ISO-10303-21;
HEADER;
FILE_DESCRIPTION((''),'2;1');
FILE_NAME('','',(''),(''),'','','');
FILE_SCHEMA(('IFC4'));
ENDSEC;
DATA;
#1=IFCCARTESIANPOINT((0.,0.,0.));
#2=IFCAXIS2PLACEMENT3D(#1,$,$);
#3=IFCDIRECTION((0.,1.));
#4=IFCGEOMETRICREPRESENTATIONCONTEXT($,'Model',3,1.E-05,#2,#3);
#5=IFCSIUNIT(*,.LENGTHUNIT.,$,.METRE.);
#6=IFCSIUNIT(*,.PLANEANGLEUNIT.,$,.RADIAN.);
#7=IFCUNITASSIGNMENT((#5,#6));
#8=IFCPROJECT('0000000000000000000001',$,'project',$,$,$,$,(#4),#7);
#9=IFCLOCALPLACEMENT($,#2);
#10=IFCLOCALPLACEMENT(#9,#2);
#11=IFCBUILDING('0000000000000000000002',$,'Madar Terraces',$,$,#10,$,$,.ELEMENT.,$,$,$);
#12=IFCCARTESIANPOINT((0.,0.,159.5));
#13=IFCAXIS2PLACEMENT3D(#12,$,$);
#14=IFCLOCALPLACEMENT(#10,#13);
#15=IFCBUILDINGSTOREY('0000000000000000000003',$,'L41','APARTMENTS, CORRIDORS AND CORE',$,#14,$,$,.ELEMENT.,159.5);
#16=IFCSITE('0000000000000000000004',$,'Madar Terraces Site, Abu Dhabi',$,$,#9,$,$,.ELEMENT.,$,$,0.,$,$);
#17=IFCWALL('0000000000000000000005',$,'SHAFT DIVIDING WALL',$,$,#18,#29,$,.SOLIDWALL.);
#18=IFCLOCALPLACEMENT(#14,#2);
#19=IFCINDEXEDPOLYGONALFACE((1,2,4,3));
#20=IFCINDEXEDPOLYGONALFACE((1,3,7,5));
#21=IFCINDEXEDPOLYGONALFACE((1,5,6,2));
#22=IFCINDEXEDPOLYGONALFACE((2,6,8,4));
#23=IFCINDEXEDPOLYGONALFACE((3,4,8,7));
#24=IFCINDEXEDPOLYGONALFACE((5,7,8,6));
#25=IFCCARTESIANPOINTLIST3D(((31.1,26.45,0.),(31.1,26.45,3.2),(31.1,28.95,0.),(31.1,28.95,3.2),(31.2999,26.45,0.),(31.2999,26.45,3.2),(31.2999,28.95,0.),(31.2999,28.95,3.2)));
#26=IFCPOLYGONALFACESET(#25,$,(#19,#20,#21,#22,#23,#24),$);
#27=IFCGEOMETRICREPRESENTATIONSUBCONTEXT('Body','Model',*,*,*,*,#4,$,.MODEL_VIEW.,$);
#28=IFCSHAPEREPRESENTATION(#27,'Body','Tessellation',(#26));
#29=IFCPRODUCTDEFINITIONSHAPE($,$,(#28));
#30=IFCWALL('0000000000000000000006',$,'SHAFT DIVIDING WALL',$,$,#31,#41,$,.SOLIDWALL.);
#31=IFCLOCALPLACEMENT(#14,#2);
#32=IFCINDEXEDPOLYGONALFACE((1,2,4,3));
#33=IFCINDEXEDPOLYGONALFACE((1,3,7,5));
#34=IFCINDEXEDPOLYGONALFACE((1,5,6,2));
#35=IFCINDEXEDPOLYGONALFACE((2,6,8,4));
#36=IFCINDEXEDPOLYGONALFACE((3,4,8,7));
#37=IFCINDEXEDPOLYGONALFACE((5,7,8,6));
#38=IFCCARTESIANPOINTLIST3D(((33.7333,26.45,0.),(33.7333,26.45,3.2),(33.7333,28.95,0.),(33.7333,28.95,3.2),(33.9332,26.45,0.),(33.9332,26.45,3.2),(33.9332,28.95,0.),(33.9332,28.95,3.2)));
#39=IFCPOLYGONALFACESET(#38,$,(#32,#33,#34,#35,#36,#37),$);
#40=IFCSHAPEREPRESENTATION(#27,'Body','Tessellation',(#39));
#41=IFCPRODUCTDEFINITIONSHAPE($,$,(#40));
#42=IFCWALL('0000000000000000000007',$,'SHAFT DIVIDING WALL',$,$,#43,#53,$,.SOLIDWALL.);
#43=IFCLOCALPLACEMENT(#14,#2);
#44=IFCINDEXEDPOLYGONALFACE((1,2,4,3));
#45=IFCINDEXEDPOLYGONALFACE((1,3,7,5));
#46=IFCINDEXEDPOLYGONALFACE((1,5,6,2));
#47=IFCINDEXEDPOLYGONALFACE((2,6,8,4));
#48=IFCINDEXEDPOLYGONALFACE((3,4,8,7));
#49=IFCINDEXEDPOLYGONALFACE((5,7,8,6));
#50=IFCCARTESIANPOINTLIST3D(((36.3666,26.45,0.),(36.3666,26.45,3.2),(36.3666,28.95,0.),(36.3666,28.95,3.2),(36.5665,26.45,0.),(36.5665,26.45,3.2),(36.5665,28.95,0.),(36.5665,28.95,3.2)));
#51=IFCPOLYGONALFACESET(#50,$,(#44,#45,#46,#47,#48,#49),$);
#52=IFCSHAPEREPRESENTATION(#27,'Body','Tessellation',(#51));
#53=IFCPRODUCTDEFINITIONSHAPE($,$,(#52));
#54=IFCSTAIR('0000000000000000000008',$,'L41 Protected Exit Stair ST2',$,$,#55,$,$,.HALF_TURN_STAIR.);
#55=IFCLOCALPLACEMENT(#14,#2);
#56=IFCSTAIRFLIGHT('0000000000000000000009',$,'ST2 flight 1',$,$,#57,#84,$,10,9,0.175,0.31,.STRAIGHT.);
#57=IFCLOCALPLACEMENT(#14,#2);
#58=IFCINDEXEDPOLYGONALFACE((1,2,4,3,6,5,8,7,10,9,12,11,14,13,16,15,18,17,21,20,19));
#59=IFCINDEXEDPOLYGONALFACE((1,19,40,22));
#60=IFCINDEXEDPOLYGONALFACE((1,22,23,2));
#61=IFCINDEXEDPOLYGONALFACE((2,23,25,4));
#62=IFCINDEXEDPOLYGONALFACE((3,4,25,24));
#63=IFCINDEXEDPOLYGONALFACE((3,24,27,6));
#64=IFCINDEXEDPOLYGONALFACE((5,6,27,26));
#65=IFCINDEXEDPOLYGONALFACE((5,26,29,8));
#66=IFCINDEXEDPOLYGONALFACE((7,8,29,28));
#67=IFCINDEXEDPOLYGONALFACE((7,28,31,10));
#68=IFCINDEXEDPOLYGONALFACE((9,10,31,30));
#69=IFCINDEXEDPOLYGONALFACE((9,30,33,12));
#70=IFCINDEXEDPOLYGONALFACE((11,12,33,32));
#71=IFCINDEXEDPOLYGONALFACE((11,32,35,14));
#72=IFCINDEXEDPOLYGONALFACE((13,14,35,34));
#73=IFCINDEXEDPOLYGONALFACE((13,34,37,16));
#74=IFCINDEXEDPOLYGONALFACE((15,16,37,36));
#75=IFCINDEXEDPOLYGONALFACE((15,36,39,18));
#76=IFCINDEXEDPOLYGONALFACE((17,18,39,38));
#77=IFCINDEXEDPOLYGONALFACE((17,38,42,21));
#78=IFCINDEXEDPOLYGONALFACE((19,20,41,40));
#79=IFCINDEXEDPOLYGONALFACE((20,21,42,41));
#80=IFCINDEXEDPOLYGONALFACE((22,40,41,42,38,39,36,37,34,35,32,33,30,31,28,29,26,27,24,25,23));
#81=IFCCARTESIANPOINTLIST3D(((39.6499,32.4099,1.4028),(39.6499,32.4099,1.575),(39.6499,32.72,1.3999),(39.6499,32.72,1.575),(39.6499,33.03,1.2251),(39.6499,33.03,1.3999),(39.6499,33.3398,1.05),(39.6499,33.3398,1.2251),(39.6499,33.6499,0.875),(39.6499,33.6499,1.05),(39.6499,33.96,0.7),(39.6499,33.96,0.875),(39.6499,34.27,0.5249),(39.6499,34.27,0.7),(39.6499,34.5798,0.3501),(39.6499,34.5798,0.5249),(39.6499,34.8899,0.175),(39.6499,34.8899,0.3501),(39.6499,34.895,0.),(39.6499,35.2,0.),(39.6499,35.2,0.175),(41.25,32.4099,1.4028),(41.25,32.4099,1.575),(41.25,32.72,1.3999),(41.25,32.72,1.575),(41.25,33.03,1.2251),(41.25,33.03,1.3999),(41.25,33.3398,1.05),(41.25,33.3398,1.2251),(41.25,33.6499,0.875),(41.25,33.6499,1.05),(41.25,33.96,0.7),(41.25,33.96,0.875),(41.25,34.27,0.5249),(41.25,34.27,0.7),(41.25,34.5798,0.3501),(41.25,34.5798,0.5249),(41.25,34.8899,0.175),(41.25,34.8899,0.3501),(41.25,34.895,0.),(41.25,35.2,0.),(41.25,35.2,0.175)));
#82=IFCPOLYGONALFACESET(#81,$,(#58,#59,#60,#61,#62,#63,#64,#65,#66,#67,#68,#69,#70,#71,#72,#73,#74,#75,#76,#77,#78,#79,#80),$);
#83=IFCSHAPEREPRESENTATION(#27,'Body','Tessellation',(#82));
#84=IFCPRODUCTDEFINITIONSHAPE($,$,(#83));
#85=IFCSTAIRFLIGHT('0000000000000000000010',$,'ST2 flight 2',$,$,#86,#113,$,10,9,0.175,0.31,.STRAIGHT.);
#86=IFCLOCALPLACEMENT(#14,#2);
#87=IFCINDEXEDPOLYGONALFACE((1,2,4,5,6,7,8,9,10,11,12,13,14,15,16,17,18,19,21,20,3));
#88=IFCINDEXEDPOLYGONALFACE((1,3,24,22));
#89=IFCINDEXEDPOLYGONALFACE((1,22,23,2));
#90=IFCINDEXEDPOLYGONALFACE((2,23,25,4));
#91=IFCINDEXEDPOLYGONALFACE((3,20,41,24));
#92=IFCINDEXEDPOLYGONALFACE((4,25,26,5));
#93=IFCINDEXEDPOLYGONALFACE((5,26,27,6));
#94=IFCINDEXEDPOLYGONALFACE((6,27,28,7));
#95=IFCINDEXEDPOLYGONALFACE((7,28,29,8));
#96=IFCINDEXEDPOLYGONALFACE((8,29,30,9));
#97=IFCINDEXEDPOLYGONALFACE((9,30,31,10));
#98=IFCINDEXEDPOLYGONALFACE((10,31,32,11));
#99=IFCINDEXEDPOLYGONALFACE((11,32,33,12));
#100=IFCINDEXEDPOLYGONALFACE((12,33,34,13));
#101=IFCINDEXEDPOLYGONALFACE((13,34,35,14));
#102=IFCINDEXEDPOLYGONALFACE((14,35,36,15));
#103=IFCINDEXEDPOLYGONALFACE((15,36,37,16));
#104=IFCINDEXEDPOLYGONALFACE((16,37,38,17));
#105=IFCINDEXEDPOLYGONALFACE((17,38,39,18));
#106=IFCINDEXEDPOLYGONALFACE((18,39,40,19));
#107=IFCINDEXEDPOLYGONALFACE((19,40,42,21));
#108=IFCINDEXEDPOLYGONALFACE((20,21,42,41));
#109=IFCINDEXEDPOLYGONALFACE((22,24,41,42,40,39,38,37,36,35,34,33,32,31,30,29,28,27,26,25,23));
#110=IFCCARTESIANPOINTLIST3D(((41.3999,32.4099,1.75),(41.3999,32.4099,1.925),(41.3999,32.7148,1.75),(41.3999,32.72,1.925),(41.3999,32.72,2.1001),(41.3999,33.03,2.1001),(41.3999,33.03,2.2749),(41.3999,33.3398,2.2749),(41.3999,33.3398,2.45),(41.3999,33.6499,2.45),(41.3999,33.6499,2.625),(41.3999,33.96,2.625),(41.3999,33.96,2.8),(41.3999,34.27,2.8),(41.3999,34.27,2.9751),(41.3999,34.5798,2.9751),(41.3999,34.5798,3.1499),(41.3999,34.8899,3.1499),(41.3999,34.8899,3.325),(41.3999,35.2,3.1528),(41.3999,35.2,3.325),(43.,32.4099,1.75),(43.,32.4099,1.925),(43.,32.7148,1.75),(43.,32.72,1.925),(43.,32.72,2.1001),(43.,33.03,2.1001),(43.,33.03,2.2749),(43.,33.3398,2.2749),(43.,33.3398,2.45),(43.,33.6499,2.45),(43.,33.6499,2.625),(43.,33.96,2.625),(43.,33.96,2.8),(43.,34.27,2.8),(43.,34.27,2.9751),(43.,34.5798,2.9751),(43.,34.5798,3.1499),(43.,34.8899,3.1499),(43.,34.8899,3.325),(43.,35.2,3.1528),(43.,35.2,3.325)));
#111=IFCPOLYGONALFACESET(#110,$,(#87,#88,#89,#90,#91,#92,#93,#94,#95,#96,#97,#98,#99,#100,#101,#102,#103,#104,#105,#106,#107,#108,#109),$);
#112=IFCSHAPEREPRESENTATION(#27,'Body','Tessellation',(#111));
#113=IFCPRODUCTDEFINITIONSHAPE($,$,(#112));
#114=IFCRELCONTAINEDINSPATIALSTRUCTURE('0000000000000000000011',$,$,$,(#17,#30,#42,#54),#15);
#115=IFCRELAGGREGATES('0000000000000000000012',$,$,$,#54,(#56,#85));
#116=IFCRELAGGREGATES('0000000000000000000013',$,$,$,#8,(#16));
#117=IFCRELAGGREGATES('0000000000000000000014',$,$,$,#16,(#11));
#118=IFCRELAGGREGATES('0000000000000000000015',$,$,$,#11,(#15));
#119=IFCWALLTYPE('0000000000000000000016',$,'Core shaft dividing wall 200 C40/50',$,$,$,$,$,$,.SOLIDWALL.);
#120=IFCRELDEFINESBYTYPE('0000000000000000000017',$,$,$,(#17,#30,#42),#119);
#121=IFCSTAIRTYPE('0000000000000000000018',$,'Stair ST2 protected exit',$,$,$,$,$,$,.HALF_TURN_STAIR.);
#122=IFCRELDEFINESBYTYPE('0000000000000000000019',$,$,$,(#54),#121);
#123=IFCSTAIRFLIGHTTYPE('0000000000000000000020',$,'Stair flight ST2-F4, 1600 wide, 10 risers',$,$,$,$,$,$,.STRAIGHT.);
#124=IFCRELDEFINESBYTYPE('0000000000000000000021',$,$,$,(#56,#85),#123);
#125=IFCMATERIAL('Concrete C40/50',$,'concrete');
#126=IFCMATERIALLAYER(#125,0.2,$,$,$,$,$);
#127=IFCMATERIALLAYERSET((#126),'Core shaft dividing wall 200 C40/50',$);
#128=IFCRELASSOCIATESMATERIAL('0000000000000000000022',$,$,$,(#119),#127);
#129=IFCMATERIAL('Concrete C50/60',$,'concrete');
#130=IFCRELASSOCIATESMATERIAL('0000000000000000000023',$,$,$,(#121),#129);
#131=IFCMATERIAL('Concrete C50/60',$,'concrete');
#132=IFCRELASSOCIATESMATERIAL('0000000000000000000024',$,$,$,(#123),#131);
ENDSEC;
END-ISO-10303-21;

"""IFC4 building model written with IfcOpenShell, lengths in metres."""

from ifc_helpers import new_model, si_unit, direction, frame, frame_2d, origin, place, context, subcontext, project, spatial, polyline, rectangle, outline, extrude, material, layer, layer_set, type_object, element, aggregate, save


model = new_model("IFC4")

# Units and contexts
model_context = context("Model", 3, precision=1e-05, world=origin(), true_north=direction((0.0, 1.0)))
body_context = subcontext(model_context, "Body", "Model", "MODEL_VIEW")
ifc_project = project(units=[si_unit("LENGTHUNIT", "METRE"), si_unit("PLANEANGLEUNIT", "RADIAN")], contexts=[model_context])

# Site, building, storey
site_placement = place(None, origin())
site = spatial("IfcSite", under=ifc_project, at=site_placement, Name="Madar Terraces Site, Abu Dhabi", CompositionType="ELEMENT", RefElevation=0.0)
building_placement = place(site_placement, origin())
building = spatial("IfcBuilding", under=site, at=building_placement, Name="Madar Terraces", CompositionType="ELEMENT")
storey_placement = place(building_placement, frame((0.0, 0.0, 159.5)))
storey = spatial("IfcBuildingStorey", under=building, at=storey_placement, Name="L41", Description="APARTMENTS, CORRIDORS AND CORE", CompositionType="ELEMENT", Elevation=159.5)

# Walls
ifc_material_1 = material(Name="Concrete C40/50", Category="concrete")
ifc_layer_1 = layer(ifc_material_1, 0.2)
ifc_layer_set_1 = layer_set([ifc_layer_1], Name="Core shaft dividing wall 200 C40/50")
wall_type_1 = type_object("IfcWallType", Name="Core shaft dividing wall 200 C40/50", PredefinedType="SOLIDWALL", material=ifc_layer_set_1)
for number, where, z_axis, x_axis, name in (
    (1, (31.2, 26.45, 0.0), (0.0, 0.0, 1.0), (0.0, 1.0, 0.0), "SHAFT DIVIDING WALL"),
    (2, (33.8333, 26.45, 0.0), (0.0, 0.0, 1.0), (0.0, 1.0, 0.0), "SHAFT DIVIDING WALL"),
    (3, (36.4666, 26.45, 0.0), (0.0, 0.0, 1.0), (0.0, 1.0, 0.0), "SHAFT DIVIDING WALL"),
):
    element("IfcWall", number, at=place(storey_placement, frame(where, z_axis=z_axis, x_axis=x_axis)), inside=storey, type_object=wall_type_1, Name=name, PredefinedType="SOLIDWALL", context=body_context, shape_type="SweptSolid", body=[
        extrude(rectangle(XDim=2.5, YDim=0.2, at=frame_2d((1.25, 0.0))), origin(), (0.0, 0.0, 1.0), 3.2),
    ])

# Stair, stair flights
ifc_material_2 = material(Name="Concrete C50/60", Category="concrete")
stair_type = type_object("IfcStairType", Name="Stair ST2 protected exit", PredefinedType="HALF_TURN_STAIR", material=ifc_material_2)
stair_placement = place(storey_placement, origin())
stair = element("IfcStair", 4, at=stair_placement, inside=storey, type_object=stair_type, Name="L41 Protected Exit Stair ST2", PredefinedType="HALF_TURN_STAIR")
ifc_material_3 = material(Name="Concrete C50/60", Category="concrete")
stair_flight_type = type_object("IfcStairFlightType", Name="Stair flight ST2-F4, 1600 wide, 10 risers", PredefinedType="STRAIGHT", material=ifc_material_3)
stair_flight_1_placement = place(storey_placement, frame((40.45, 35.2, 0.0), z_axis=(0.0, 0.0, 1.0), x_axis=(0.0, -1.0, 0.0)))
stair_flight_1 = element("IfcStairFlight", 5, at=stair_flight_1_placement, type_object=stair_flight_type, Name="ST2 flight 1", NumberOfRisers=10, NumberOfTreads=9, PredefinedType="STRAIGHT", RiserHeight=0.175, TreadLength=0.31, context=body_context, shape_type="SweptSolid", body=[
    extrude(outline(polyline([(0.0, 0.0), (0.0, 0.175), (0.3101, 0.175), (0.3101, 0.3501), (0.6201, 0.3501), (0.6201, 0.5249), (0.9299, 0.5249), (0.9299, 0.7), (1.24, 0.7), (1.24, 0.875), (1.55, 0.875), (1.55, 1.05), (1.8601, 1.05), (1.8601, 1.2251), (2.1699, 1.2251), (2.1699, 1.3999), (2.48, 1.3999), (2.48, 1.575), (2.79, 1.575), (2.79, 1.75), (2.79, 1.4028), (0.3049, 0.0), (0.0, 0.0)])), frame((0.0, 0.8, 0.0), z_axis=(0.0, -1.0, 0.0), x_axis=(1.0, 0.0, 0.0)), (0.0, 0.0, 1.0), 1.6001),
])
stair_flight_2_placement = place(storey_placement, frame((42.2, 32.4099, 1.75), z_axis=(0.0, 0.0, 1.0), x_axis=(0.0, 1.0, 0.0)))
stair_flight_2 = element("IfcStairFlight", 6, at=stair_flight_2_placement, type_object=stair_flight_type, Name="ST2 flight 2", NumberOfRisers=10, NumberOfTreads=9, PredefinedType="STRAIGHT", RiserHeight=0.175, TreadLength=0.31, context=body_context, shape_type="SweptSolid", body=[
    extrude(outline(polyline([(0.0, 0.0), (0.0, 0.175), (0.3101, 0.175), (0.3101, 0.3501), (0.6201, 0.3501), (0.6201, 0.5249), (0.9299, 0.5249), (0.9299, 0.7), (1.24, 0.7), (1.24, 0.875), (1.55, 0.875), (1.55, 1.05), (1.8601, 1.05), (1.8601, 1.2251), (2.1699, 1.2251), (2.1699, 1.3999), (2.48, 1.3999), (2.48, 1.575), (2.79, 1.575), (2.79, 1.75), (2.79, 1.4028), (0.3049, 0.0), (0.0, 0.0)])), frame((0.0, 0.8, 0.0), z_axis=(0.0, -1.0, 0.0), x_axis=(1.0, 0.0, 0.0)), (0.0, 0.0, 1.0), 1.6001),
])
aggregate(stair, [stair_flight_1, stair_flight_2])

save(model, "model.ifc")
